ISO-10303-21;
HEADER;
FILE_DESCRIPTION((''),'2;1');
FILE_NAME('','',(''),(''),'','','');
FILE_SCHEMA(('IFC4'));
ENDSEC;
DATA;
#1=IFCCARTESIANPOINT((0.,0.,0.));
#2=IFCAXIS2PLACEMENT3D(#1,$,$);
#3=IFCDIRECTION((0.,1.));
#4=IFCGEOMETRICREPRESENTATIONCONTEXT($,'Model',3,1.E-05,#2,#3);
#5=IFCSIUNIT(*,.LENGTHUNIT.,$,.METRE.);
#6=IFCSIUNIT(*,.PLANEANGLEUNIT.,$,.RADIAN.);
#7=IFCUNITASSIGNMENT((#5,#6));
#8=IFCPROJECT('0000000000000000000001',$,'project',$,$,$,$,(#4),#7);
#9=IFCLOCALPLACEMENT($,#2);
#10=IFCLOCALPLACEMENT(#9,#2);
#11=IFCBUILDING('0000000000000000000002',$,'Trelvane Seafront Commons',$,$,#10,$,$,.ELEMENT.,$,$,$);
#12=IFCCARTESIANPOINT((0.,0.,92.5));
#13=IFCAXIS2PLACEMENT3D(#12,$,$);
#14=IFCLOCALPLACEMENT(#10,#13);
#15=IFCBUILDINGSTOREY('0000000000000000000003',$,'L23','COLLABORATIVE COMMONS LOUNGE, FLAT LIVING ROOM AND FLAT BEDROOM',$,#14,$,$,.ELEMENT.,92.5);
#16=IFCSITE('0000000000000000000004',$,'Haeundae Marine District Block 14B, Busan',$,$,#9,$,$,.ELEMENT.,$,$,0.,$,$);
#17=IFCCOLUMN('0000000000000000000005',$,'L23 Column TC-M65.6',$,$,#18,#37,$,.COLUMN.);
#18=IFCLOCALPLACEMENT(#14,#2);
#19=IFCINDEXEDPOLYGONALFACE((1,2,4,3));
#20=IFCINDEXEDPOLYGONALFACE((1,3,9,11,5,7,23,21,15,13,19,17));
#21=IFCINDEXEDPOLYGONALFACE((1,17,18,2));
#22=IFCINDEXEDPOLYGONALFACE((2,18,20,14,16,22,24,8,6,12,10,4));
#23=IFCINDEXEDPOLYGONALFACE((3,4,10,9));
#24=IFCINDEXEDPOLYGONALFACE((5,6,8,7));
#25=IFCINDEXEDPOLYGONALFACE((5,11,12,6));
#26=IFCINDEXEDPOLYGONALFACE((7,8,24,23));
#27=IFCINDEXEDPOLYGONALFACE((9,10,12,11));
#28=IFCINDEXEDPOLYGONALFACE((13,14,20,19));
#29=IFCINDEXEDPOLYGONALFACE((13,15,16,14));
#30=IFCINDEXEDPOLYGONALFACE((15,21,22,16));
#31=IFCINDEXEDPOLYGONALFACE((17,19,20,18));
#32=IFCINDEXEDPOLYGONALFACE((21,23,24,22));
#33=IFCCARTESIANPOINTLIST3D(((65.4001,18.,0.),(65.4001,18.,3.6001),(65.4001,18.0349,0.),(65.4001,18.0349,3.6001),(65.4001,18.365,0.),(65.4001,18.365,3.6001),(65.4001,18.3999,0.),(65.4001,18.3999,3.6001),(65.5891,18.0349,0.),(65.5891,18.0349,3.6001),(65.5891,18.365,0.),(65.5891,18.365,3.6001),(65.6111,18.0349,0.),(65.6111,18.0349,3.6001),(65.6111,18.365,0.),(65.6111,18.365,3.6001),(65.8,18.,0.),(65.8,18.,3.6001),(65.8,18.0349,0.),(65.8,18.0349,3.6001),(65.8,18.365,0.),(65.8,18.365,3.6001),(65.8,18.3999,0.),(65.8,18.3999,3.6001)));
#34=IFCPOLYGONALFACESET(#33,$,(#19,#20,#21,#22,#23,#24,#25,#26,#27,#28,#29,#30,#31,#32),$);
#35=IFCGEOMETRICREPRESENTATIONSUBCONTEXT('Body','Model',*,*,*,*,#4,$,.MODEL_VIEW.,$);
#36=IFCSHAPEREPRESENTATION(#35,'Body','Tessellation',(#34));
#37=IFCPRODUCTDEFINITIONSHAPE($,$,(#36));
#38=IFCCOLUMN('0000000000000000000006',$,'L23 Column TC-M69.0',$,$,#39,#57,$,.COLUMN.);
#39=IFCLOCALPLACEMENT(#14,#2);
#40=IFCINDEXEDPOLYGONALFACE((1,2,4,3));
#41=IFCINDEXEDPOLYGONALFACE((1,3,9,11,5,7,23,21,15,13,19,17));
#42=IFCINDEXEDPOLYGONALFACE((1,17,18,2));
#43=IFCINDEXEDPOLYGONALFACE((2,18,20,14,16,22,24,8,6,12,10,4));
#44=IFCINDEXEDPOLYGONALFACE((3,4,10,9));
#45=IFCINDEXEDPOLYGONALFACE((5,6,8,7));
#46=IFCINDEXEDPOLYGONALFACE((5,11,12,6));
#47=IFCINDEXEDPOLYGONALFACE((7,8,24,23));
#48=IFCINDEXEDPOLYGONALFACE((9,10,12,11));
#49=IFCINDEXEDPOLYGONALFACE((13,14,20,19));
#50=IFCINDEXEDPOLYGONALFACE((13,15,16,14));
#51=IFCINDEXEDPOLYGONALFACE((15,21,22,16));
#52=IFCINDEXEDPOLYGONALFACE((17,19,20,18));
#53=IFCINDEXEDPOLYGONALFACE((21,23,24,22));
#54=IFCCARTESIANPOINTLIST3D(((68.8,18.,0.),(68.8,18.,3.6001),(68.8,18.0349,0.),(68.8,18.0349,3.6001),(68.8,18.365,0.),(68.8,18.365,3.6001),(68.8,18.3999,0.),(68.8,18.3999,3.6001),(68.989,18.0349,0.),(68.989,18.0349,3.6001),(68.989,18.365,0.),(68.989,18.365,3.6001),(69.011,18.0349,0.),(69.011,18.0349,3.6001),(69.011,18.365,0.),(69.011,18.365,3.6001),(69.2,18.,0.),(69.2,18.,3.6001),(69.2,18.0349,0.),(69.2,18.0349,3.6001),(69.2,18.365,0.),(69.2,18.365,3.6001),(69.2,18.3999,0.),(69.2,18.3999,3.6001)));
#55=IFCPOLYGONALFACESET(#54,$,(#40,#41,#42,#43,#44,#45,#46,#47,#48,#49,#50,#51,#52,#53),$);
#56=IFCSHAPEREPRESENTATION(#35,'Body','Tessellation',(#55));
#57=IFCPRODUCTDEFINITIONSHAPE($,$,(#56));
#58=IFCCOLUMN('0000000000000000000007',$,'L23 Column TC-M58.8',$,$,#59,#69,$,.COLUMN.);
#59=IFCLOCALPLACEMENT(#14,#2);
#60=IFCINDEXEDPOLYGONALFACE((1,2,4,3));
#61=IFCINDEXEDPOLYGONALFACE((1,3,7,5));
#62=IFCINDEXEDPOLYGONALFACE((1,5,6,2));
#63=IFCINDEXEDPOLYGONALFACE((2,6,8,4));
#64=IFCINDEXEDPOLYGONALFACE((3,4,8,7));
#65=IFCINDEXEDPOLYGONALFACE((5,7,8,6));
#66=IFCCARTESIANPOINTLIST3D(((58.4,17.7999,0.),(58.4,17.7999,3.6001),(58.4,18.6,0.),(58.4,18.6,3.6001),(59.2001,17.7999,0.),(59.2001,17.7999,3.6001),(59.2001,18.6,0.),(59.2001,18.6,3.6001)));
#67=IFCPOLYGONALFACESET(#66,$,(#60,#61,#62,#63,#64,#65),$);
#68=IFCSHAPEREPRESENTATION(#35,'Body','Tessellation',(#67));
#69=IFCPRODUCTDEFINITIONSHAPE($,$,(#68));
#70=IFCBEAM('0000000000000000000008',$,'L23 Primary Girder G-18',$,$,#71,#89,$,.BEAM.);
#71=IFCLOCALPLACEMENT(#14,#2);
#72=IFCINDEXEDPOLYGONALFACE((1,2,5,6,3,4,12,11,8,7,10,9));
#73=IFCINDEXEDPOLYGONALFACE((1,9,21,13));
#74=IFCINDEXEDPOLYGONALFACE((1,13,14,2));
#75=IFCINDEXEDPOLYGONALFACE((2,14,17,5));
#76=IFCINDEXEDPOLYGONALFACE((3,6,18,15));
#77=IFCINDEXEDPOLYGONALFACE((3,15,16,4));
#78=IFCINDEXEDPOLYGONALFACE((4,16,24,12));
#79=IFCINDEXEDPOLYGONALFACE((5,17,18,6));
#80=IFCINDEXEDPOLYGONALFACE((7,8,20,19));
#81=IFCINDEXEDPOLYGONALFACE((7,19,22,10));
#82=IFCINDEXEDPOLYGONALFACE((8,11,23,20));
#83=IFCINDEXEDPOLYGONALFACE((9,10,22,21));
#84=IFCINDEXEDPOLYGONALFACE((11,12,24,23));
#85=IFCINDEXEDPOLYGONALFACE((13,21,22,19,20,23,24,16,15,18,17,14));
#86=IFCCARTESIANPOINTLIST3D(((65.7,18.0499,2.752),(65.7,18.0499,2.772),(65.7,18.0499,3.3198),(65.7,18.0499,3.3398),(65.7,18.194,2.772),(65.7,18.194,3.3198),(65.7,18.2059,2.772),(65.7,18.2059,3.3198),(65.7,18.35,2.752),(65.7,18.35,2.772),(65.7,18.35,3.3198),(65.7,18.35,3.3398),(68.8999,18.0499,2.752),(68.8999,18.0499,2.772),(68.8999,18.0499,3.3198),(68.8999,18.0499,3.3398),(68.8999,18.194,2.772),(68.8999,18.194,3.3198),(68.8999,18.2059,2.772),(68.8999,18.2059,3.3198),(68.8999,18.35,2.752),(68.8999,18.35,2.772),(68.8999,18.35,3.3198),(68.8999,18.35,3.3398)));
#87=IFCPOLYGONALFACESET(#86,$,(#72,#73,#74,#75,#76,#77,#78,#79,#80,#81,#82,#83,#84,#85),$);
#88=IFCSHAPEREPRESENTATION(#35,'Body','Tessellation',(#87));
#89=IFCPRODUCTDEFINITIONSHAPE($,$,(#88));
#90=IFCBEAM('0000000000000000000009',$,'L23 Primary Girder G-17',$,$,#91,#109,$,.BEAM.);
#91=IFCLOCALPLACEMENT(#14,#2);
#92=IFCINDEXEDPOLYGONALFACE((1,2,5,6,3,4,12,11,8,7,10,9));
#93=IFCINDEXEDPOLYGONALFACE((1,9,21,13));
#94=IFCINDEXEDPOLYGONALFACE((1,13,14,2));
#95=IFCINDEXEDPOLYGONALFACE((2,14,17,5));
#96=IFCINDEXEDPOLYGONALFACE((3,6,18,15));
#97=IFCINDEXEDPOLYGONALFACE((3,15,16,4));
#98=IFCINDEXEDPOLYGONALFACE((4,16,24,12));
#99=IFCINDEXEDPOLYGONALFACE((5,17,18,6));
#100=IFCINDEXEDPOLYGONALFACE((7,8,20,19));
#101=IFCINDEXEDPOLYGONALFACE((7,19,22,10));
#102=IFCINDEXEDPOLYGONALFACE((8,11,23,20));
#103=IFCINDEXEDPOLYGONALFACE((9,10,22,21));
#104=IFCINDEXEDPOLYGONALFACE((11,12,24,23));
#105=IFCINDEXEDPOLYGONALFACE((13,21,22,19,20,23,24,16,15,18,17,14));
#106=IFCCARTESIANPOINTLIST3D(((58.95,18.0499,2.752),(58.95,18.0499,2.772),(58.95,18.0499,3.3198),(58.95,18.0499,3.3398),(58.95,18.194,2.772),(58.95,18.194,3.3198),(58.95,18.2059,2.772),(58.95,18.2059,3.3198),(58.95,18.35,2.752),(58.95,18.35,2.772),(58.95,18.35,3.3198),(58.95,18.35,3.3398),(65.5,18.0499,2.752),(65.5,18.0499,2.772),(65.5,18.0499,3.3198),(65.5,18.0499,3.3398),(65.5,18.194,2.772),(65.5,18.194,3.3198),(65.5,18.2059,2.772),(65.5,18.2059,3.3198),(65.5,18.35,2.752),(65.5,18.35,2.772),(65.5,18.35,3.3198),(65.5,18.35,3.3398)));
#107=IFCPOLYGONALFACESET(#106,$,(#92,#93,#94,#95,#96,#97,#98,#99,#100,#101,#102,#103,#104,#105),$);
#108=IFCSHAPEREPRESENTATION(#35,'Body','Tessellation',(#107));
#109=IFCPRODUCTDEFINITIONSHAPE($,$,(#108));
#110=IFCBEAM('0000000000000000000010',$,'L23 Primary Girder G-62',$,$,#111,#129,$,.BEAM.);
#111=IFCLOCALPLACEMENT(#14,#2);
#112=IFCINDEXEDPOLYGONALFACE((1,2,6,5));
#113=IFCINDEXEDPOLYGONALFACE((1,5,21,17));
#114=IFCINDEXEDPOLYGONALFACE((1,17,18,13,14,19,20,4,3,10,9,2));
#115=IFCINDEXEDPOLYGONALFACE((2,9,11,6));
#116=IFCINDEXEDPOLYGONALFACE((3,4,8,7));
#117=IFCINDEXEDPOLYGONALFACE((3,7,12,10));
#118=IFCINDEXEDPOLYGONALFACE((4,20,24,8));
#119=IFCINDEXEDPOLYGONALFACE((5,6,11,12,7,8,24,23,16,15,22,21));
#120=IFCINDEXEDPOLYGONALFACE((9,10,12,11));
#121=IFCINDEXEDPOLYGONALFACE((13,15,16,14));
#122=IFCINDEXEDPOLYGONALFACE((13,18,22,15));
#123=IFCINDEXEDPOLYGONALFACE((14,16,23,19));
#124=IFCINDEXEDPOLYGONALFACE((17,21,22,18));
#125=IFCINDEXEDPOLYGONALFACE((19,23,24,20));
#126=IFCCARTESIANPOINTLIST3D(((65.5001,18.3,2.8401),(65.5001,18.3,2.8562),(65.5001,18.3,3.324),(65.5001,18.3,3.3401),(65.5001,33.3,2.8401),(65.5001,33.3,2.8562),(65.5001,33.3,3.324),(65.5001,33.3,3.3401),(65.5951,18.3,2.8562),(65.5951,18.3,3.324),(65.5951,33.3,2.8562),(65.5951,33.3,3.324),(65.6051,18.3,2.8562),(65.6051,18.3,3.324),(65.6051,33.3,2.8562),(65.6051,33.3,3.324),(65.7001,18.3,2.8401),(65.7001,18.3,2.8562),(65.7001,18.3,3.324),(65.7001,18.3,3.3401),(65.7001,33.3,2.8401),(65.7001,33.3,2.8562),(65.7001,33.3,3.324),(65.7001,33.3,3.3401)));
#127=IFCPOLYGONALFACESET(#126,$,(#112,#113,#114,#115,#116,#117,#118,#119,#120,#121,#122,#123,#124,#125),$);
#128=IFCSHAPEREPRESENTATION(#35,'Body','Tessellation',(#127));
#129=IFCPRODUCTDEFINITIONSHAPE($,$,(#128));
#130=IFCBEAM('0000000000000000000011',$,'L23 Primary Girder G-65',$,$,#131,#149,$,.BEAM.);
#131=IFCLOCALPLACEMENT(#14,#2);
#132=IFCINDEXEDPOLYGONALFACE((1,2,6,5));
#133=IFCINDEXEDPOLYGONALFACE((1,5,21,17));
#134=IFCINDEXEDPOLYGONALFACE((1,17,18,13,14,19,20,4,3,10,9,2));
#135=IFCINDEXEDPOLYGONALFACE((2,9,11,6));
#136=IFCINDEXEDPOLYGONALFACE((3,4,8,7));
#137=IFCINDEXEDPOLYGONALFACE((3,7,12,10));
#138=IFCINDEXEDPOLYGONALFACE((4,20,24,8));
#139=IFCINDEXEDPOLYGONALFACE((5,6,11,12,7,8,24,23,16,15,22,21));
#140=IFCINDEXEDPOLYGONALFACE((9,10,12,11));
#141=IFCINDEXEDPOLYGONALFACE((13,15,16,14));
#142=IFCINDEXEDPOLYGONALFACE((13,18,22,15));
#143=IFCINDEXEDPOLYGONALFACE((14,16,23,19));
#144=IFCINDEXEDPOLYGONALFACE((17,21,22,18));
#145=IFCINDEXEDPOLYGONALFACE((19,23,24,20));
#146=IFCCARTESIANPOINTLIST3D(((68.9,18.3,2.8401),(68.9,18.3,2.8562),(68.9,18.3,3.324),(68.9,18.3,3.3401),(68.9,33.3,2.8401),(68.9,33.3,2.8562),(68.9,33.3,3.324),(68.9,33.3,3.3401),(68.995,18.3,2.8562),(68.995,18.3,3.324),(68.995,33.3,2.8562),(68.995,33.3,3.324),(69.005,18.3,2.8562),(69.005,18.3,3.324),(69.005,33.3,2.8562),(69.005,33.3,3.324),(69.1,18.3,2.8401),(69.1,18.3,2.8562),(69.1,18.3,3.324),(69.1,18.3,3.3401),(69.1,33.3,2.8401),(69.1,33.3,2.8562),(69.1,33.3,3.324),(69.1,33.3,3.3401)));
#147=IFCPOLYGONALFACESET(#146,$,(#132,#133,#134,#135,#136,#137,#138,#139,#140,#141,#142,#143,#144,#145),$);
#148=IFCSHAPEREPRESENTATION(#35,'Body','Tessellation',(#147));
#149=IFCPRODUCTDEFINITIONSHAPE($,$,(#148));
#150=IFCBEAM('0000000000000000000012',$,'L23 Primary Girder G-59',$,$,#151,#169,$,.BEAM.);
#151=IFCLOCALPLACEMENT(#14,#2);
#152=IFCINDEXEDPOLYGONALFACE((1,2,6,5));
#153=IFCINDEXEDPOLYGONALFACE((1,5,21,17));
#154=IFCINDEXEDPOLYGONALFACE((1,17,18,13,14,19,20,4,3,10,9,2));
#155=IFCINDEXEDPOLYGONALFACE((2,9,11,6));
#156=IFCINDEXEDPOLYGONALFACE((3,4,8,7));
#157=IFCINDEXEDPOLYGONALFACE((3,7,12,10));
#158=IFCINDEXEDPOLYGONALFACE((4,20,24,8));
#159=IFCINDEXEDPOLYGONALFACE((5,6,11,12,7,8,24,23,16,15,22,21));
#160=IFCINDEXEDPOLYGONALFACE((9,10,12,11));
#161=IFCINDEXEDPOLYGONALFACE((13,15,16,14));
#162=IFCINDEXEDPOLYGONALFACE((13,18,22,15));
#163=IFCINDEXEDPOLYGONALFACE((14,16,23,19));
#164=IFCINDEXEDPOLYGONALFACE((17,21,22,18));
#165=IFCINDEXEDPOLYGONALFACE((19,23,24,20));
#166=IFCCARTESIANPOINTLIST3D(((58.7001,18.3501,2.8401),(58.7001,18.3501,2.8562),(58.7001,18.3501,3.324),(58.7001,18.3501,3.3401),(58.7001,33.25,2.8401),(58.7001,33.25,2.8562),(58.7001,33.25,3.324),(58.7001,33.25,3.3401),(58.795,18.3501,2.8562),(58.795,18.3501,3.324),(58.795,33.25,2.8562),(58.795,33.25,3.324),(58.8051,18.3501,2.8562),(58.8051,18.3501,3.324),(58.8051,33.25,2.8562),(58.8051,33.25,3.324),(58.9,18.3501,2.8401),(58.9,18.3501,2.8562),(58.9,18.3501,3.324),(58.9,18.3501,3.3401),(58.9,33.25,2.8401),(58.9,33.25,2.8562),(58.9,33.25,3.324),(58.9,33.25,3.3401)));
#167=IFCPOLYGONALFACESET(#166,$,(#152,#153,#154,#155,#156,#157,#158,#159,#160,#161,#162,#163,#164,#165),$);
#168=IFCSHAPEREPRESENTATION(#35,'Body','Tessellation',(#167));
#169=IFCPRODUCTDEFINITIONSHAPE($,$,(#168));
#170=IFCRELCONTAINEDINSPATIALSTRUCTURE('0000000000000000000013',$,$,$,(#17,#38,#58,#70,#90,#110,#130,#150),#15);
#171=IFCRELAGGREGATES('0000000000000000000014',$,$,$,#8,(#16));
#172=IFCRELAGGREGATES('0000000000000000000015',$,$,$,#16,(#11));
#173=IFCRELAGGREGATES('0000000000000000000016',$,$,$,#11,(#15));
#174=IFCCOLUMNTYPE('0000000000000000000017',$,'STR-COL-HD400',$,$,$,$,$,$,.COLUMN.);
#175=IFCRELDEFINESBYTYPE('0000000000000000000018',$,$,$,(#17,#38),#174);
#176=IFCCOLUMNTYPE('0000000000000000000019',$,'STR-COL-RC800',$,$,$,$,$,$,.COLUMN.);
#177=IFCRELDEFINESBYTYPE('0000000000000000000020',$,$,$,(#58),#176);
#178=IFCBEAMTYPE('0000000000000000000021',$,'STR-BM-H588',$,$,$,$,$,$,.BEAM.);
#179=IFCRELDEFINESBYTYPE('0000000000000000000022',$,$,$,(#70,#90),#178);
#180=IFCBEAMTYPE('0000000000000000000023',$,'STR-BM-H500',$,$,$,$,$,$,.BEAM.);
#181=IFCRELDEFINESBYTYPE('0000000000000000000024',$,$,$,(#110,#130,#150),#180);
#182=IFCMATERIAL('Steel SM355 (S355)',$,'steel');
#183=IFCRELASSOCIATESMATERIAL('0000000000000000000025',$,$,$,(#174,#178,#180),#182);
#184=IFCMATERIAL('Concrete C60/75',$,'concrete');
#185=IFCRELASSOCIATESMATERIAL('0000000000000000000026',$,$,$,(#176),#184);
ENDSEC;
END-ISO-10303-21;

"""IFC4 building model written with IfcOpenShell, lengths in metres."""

from ifc_helpers import new_model, si_unit, direction, frame, origin, origin_2d, place, context, subcontext, project, spatial, rectangle, i_section, extrude, source, transform, mapped, material, material_profile, profile_set, type_object, element, save


model = new_model("IFC4")

# Units and contexts
model_context = context("Model", 3, precision=1e-05, world=origin(), true_north=direction((0.0, 1.0)))
body_context = subcontext(model_context, "Body", "Model", "MODEL_VIEW")
ifc_project = project(units=[si_unit("LENGTHUNIT", "METRE"), si_unit("PLANEANGLEUNIT", "RADIAN")], contexts=[model_context])

# Site, building, storey
site_placement = place(None, origin())
site = spatial("IfcSite", under=ifc_project, at=site_placement, Name="Haeundae Marine District Block 14B, Busan", CompositionType="ELEMENT", RefElevation=0.0)
building_placement = place(site_placement, origin())
building = spatial("IfcBuilding", under=site, at=building_placement, Name="Trelvane Seafront Commons", CompositionType="ELEMENT")
storey_placement = place(building_placement, frame((0.0, 0.0, 92.5)))
storey = spatial("IfcBuildingStorey", under=building, at=storey_placement, Name="L23", Description="COLLABORATIVE COMMONS LOUNGE, FLAT LIVING ROOM AND FLAT BEDROOM", CompositionType="ELEMENT", Elevation=92.5)

# Columns
ifc_material_1 = material(Name="Steel SM355 (S355)", Category="steel")
ifc_material_profile_1 = material_profile(ifc_material_1, i_section(OverallWidth=0.3999, OverallDepth=0.3999, WebThickness=0.022, FlangeThickness=0.0349, at=origin_2d()), Name="HD-400x400x22x35")
ifc_profile_set_1 = profile_set([ifc_material_profile_1], Name="Steel SM355 (S355)")
column_type_1 = type_object("IfcColumnType", Name="STR-COL-HD400", PredefinedType="COLUMN", material=ifc_profile_set_1)
shared_shape_1 = source(origin(), body_context, "Body", "SweptSolid", [
    extrude(i_section(OverallWidth=0.3999, OverallDepth=0.3999, WebThickness=0.022, FlangeThickness=0.0349, at=origin_2d()), origin(), (0.0, 0.0, 1.0), 3.6001),
])
for number, where, z_axis, x_axis, name in (
    (1, (65.6001, 18.2, 0.0), (0.0, 0.0, 1.0), (1.0, 0.0, 0.0), "L23 Column TC-M65.6"),
    (2, (69.0, 18.2, 0.0), (0.0, 0.0, 1.0), (1.0, 0.0, 0.0), "L23 Column TC-M69.0"),
):
    element("IfcColumn", number, at=place(storey_placement, frame(where, z_axis=z_axis, x_axis=x_axis)), inside=storey, type_object=column_type_1, Name=name, PredefinedType="COLUMN", context=body_context, shape_type="MappedRepresentation", body=[
        mapped(shared_shape_1, transform((0.0, 0.0, 0.0), x_axis=(1.0, 0.0, 0.0), y_axis=(0.0, 1.0, 0.0), z_axis=(0.0, 0.0, 1.0), scale=1.0)),
    ])
ifc_material_2 = material(Name="Concrete C60/75", Category="concrete")
ifc_material_profile_2 = material_profile(ifc_material_2, rectangle(XDim=0.8, YDim=0.8, at=origin_2d()), Name="RC-800x800")
ifc_profile_set_2 = profile_set([ifc_material_profile_2], Name="Concrete C60/75")
column_type_2 = type_object("IfcColumnType", Name="STR-COL-RC800", PredefinedType="COLUMN", material=ifc_profile_set_2)
shared_shape_2 = source(origin(), body_context, "Body", "SweptSolid", [
    extrude(rectangle(XDim=0.8, YDim=0.8, at=origin_2d()), origin(), (0.0, 0.0, 1.0), 3.6001),
])
column_placement = place(storey_placement, frame((58.8, 18.2, 0.0), z_axis=(0.0, 0.0, 1.0), x_axis=(1.0, 0.0, 0.0)))
element("IfcColumn", 3, at=column_placement, inside=storey, type_object=column_type_2, Name="L23 Column TC-M58.8", PredefinedType="COLUMN", context=body_context, shape_type="MappedRepresentation", body=[
    mapped(shared_shape_2, transform((0.0, 0.0, 0.0), x_axis=(1.0, 0.0, 0.0), y_axis=(0.0, 1.0, 0.0), z_axis=(0.0, 0.0, 1.0), scale=1.0)),
])

# Beams
ifc_material_profile_3 = material_profile(ifc_material_1, i_section(OverallWidth=0.3, OverallDepth=0.5879, WebThickness=0.012, FlangeThickness=0.02, at=origin_2d()), Name="H-588x300x12x20")
ifc_profile_set_3 = profile_set([ifc_material_profile_3], Name="Steel SM355 (S355)")
beam_type_1 = type_object("IfcBeamType", Name="STR-BM-H588", PredefinedType="BEAM", material=ifc_profile_set_3)
shared_shape_3 = source(origin(), body_context, "Body", "SweptSolid", [
    extrude(i_section(OverallWidth=0.3, OverallDepth=0.5879, WebThickness=0.012, FlangeThickness=0.02, at=origin_2d()), origin(), (0.0, 0.0, 1.0), 3.2),
])
beam_1_placement = place(storey_placement, frame((65.7, 18.2, 3.0459), z_axis=(1.0, 0.0, 0.0), x_axis=(0.0, 1.0, 0.0)))
element("IfcBeam", 4, at=beam_1_placement, inside=storey, type_object=beam_type_1, Name="L23 Primary Girder G-18", PredefinedType="BEAM", context=body_context, shape_type="MappedRepresentation", body=[
    mapped(shared_shape_3, transform((0.0, 0.0, 0.0), x_axis=(1.0, 0.0, 0.0), y_axis=(0.0, 1.0, 0.0), z_axis=(0.0, 0.0, 1.0), scale=1.0)),
])
shared_shape_4 = source(origin(), body_context, "Body", "SweptSolid", [
    extrude(i_section(OverallWidth=0.3, OverallDepth=0.5879, WebThickness=0.012, FlangeThickness=0.02, at=origin_2d()), origin(), (0.0, 0.0, 1.0), 6.55),
])
beam_2_placement = place(storey_placement, frame((58.95, 18.2, 3.0459), z_axis=(1.0, 0.0, 0.0), x_axis=(0.0, 1.0, 0.0)))
element("IfcBeam", 5, at=beam_2_placement, inside=storey, type_object=beam_type_1, Name="L23 Primary Girder G-17", PredefinedType="BEAM", context=body_context, shape_type="MappedRepresentation", body=[
    mapped(shared_shape_4, transform((0.0, 0.0, 0.0), x_axis=(1.0, 0.0, 0.0), y_axis=(0.0, 1.0, 0.0), z_axis=(0.0, 0.0, 1.0), scale=1.0)),
])
ifc_material_profile_4 = material_profile(ifc_material_1, i_section(OverallWidth=0.2, OverallDepth=0.5, WebThickness=0.01, FlangeThickness=0.0161, at=origin_2d()), Name="H-500x200x10x16")
ifc_profile_set_4 = profile_set([ifc_material_profile_4], Name="Steel SM355 (S355)")
beam_type_2 = type_object("IfcBeamType", Name="STR-BM-H500", PredefinedType="BEAM", material=ifc_profile_set_4)
shared_shape_5 = source(origin(), body_context, "Body", "SweptSolid", [
    extrude(i_section(OverallWidth=0.2, OverallDepth=0.5, WebThickness=0.01, FlangeThickness=0.0161, at=origin_2d()), origin(), (0.0, 0.0, 1.0), 15.0),
])
for number, where, z_axis, x_axis, name in (
    (6, (65.6001, 18.3, 3.0901), (0.0, 1.0, 0.0), (-1.0, 0.0, 0.0), "L23 Primary Girder G-62"),
    (7, (69.0, 18.3, 3.0901), (0.0, 1.0, 0.0), (-1.0, 0.0, 0.0), "L23 Primary Girder G-65"),
):
    element("IfcBeam", number, at=place(storey_placement, frame(where, z_axis=z_axis, x_axis=x_axis)), inside=storey, type_object=beam_type_2, Name=name, PredefinedType="BEAM", context=body_context, shape_type="MappedRepresentation", body=[
        mapped(shared_shape_5, transform((0.0, 0.0, 0.0), x_axis=(1.0, 0.0, 0.0), y_axis=(0.0, 1.0, 0.0), z_axis=(0.0, 0.0, 1.0), scale=1.0)),
    ])
shared_shape_6 = source(origin(), body_context, "Body", "SweptSolid", [
    extrude(i_section(OverallWidth=0.2, OverallDepth=0.5, WebThickness=0.01, FlangeThickness=0.0161, at=origin_2d()), origin(), (0.0, 0.0, 1.0), 14.8999),
])
beam_3_placement = place(storey_placement, frame((58.8, 18.3501, 3.0901), z_axis=(0.0, 1.0, 0.0), x_axis=(-1.0, 0.0, 0.0)))
element("IfcBeam", 8, at=beam_3_placement, inside=storey, type_object=beam_type_2, Name="L23 Primary Girder G-59", PredefinedType="BEAM", context=body_context, shape_type="MappedRepresentation", body=[
    mapped(shared_shape_6, transform((0.0, 0.0, 0.0), x_axis=(1.0, 0.0, 0.0), y_axis=(0.0, 1.0, 0.0), z_axis=(0.0, 0.0, 1.0), scale=1.0)),
])

save(model, "model.ifc")
